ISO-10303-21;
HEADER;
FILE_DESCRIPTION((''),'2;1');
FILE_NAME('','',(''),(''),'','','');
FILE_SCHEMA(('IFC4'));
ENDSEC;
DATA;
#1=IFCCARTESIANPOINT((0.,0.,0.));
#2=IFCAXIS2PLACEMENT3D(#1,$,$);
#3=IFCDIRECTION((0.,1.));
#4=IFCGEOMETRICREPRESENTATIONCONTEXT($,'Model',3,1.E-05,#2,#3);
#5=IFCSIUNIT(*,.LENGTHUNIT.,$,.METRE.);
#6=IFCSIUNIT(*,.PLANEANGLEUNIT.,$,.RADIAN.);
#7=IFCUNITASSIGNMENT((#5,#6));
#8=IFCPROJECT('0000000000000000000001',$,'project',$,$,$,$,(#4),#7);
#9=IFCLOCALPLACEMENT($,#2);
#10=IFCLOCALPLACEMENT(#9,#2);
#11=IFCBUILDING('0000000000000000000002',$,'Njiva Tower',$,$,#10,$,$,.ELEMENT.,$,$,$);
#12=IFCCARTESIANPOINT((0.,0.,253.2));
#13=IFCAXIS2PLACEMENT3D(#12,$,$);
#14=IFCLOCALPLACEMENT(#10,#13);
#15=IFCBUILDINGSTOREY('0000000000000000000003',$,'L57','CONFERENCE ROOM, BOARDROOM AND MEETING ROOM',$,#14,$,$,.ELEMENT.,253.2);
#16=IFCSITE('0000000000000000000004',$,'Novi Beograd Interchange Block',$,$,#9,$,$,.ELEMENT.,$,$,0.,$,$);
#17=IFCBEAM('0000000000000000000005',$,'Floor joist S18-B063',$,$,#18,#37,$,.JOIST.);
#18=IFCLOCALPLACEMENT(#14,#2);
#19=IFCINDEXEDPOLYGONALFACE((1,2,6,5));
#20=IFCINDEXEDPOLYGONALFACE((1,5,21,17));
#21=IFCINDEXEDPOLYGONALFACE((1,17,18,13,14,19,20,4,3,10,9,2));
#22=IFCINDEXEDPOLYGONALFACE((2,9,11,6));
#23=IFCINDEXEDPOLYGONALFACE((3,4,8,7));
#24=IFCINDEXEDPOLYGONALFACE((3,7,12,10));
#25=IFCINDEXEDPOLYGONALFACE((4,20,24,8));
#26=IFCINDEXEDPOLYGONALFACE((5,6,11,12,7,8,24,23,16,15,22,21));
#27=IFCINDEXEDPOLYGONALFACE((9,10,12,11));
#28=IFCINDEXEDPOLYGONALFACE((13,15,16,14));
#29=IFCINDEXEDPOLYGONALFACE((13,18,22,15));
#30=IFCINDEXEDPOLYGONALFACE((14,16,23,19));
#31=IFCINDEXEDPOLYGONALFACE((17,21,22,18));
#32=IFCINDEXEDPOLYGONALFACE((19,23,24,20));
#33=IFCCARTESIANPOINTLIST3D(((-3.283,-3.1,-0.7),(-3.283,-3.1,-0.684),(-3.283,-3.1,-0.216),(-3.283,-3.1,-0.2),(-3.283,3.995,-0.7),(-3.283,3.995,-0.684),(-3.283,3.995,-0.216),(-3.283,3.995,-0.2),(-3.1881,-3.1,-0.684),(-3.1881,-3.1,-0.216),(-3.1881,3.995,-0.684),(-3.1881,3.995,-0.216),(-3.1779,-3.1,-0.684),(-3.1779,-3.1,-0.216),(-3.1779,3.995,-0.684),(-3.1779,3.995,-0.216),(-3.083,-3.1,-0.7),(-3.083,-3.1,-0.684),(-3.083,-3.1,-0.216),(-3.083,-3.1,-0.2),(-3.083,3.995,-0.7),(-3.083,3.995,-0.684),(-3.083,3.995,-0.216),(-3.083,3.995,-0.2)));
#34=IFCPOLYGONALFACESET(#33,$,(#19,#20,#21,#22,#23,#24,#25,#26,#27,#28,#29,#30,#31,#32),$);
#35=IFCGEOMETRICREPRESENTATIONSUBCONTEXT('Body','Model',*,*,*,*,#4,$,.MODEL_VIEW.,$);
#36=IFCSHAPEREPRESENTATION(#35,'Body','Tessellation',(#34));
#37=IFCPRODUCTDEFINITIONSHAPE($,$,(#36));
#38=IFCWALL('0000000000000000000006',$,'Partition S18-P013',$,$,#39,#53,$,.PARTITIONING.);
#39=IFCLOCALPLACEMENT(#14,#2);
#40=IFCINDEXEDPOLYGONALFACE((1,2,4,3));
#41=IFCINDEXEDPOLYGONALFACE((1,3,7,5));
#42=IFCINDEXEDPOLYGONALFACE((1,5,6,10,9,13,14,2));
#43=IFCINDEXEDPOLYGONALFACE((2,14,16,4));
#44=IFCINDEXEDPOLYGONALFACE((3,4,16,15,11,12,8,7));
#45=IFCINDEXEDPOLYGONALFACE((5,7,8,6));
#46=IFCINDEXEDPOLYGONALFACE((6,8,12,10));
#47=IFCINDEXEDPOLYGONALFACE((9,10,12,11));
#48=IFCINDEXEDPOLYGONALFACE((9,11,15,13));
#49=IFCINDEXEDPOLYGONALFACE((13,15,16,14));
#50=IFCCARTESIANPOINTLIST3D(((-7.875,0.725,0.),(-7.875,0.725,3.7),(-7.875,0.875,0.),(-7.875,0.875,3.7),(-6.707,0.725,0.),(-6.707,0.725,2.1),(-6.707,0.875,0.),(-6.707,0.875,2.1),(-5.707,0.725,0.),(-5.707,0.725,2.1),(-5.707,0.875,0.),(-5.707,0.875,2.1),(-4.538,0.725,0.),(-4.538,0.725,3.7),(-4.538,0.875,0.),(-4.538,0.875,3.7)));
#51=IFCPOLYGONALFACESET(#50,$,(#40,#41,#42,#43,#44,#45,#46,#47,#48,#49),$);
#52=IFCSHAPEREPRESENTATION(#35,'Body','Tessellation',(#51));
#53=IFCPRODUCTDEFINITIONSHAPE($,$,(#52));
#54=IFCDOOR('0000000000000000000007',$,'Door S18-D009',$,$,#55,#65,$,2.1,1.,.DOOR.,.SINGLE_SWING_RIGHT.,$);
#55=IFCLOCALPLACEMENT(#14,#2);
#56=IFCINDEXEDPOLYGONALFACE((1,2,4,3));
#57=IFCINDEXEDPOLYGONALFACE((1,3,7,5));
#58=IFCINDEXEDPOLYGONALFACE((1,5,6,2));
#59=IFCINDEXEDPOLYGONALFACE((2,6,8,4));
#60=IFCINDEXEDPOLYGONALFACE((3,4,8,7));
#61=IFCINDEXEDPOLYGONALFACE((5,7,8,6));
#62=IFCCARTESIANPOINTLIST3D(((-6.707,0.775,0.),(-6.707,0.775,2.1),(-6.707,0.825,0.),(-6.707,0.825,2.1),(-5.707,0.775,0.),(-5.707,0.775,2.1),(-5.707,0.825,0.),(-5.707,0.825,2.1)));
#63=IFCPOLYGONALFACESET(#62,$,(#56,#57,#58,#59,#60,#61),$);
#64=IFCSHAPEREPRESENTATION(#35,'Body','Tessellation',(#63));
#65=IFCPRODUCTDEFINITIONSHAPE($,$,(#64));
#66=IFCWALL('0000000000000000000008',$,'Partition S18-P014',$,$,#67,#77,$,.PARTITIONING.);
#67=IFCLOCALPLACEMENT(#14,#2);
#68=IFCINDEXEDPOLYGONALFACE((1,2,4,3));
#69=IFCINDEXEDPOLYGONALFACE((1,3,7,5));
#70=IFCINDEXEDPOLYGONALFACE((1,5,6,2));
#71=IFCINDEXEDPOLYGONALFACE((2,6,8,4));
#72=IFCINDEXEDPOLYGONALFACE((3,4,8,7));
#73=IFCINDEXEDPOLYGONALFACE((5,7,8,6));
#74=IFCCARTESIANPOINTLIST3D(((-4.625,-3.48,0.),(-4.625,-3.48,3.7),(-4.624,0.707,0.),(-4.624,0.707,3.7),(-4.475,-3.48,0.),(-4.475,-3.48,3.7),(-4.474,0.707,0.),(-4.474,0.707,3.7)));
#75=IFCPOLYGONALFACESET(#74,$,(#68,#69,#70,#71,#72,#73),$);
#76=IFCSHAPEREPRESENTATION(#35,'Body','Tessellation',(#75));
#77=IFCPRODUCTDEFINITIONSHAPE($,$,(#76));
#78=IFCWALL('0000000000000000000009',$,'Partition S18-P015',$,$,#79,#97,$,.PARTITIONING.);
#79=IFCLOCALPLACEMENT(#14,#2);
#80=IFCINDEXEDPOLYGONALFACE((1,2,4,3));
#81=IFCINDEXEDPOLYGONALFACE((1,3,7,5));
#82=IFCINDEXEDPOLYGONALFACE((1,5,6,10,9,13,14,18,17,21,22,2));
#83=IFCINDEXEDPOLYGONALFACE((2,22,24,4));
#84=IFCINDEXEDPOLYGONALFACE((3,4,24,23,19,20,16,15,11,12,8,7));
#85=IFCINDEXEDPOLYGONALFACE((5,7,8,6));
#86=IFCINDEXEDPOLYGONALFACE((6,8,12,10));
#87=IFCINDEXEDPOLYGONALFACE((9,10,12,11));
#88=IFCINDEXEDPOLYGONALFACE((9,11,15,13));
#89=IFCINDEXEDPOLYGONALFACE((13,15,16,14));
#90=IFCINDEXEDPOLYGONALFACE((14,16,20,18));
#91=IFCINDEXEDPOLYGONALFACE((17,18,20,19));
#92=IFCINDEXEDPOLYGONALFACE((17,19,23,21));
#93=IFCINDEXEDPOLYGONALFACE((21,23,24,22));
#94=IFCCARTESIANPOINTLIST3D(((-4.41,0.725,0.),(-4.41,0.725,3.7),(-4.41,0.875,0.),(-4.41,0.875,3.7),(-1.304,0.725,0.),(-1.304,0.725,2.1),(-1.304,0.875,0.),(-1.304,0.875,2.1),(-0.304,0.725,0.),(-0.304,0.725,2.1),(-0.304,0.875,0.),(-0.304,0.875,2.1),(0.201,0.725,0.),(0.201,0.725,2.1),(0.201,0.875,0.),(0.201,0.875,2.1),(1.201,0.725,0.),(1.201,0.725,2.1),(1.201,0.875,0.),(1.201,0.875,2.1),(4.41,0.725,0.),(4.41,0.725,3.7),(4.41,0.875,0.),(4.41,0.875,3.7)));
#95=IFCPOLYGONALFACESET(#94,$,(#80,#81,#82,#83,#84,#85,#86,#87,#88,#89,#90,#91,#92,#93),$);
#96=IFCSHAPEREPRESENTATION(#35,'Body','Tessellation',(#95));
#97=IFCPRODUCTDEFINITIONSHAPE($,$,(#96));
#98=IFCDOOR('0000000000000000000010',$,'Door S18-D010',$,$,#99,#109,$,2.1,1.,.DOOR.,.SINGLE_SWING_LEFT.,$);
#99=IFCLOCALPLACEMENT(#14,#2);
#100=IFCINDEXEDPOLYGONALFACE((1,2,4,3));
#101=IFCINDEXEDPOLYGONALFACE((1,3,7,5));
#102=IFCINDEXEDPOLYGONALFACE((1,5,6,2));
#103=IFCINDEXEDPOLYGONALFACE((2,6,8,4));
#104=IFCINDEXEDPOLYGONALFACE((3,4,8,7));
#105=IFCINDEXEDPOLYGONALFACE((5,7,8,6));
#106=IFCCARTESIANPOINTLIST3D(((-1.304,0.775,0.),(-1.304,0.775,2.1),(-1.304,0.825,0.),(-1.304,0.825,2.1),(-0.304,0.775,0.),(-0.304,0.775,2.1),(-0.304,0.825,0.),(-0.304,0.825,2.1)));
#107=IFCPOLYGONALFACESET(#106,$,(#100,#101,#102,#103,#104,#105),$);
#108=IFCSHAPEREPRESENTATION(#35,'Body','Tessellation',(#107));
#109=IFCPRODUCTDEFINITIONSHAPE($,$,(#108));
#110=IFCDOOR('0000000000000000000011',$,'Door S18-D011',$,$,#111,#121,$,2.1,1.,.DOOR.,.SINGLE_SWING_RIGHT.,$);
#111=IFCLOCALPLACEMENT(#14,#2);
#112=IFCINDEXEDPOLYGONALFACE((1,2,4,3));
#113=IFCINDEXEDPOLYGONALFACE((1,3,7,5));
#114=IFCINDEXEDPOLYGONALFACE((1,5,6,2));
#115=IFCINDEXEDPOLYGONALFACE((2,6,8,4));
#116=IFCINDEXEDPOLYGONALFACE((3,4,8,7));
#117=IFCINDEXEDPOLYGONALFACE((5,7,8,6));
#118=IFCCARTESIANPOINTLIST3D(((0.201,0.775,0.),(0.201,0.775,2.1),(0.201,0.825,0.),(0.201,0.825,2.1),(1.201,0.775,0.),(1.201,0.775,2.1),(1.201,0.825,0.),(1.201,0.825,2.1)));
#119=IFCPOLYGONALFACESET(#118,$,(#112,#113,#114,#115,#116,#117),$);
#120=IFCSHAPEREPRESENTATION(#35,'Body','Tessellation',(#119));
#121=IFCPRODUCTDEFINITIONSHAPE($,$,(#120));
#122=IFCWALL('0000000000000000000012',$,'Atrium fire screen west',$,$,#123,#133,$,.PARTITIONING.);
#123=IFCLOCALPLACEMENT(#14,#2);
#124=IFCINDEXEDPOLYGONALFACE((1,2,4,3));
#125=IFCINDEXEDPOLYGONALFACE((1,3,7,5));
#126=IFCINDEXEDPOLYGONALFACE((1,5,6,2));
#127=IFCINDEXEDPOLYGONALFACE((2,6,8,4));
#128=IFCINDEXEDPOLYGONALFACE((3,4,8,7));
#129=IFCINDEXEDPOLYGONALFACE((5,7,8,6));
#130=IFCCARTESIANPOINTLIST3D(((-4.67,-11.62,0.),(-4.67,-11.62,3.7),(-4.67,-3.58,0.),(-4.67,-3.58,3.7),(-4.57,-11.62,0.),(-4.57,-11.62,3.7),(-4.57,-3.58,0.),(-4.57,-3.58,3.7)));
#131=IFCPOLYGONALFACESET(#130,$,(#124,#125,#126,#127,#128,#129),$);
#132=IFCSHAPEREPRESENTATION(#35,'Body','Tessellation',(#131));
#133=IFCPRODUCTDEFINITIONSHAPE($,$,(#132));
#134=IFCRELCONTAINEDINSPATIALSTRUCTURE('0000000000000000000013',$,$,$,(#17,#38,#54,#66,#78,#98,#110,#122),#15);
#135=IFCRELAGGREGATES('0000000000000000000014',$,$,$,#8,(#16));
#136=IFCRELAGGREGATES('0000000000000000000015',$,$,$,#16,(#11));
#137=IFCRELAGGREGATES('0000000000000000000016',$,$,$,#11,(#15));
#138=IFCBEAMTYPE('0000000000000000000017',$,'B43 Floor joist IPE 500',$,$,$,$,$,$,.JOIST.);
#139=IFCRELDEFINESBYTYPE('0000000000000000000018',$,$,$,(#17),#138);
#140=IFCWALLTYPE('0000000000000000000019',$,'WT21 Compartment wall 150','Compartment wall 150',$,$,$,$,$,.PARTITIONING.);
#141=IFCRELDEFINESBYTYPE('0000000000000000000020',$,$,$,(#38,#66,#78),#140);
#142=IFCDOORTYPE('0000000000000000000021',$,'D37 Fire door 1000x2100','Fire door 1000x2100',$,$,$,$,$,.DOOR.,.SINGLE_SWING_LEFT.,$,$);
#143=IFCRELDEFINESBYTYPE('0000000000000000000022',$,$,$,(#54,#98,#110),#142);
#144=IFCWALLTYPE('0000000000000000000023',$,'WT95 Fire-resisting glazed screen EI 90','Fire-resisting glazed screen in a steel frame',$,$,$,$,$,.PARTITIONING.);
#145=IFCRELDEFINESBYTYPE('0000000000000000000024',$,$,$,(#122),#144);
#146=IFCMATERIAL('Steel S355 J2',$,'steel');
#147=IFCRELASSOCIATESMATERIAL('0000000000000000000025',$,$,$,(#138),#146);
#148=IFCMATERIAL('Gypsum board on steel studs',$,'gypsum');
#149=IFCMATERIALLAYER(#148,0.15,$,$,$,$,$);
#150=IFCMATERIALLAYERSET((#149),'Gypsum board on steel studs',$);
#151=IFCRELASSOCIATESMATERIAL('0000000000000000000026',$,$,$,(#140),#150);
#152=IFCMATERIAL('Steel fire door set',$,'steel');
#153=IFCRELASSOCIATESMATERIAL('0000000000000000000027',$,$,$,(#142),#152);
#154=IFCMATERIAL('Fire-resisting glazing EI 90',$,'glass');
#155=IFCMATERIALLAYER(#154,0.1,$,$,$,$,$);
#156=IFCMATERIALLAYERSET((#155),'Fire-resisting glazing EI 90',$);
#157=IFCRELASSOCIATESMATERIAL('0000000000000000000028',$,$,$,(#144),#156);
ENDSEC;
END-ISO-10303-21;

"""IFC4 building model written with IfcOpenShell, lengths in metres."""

from ifc_helpers import new_model, si_unit, direction, frame, frame_2d, origin, origin_2d, place, context, subcontext, project, spatial, rectangle, i_section, extrude, material, layer, layer_set, material_profile, profile_set, type_object, element, fill, save


model = new_model("IFC4")

# Units and contexts
model_context = context("Model", 3, precision=1e-05, world=origin(), true_north=direction((0.0, 1.0)))
body_context = subcontext(model_context, "Body", "Model", "MODEL_VIEW")
ifc_project = project(units=[si_unit("LENGTHUNIT", "METRE"), si_unit("PLANEANGLEUNIT", "RADIAN")], contexts=[model_context])

# Site, building, storey
site_placement = place(None, origin())
site = spatial("IfcSite", under=ifc_project, at=site_placement, Name="Novi Beograd Interchange Block", CompositionType="ELEMENT", RefElevation=0.0)
building_placement = place(site_placement, origin())
building = spatial("IfcBuilding", under=site, at=building_placement, Name="Njiva Tower", CompositionType="ELEMENT")
storey_placement = place(building_placement, frame((0.0, 0.0, 253.2)))
storey = spatial("IfcBuildingStorey", under=building, at=storey_placement, Name="L57", Description="CONFERENCE ROOM, BOARDROOM AND MEETING ROOM", CompositionType="ELEMENT", Elevation=253.2)

# Shared definitions
ifc_material_1 = material(Name="Steel S355 J2", Category="steel")

# Beam
ifc_material_profile_1 = material_profile(ifc_material_1, i_section(OverallWidth=0.2, OverallDepth=0.5, WebThickness=0.0102, FlangeThickness=0.016, at=origin_2d()), Name="IPE 500")
ifc_profile_set_1 = profile_set([ifc_material_profile_1], Name="Steel S355 J2")
beam_type_1 = type_object("IfcBeamType", Name="B43 Floor joist IPE 500", PredefinedType="JOIST", material=ifc_profile_set_1)
for number, where, z_axis, x_axis, name in (
    (1, (-3.183, 3.995, -0.45), (0.0, -1.0, 0.0), (1.0, 0.0, 0.0), "Floor joist S18-B063"),
):
    element("IfcBeam", number, at=place(storey_placement, frame(where, z_axis=z_axis, x_axis=x_axis)), inside=storey, type_object=beam_type_1, Name=name, PredefinedType="JOIST", context=body_context, shape_type="SweptSolid", body=[
        extrude(i_section(OverallWidth=0.2, OverallDepth=0.5, WebThickness=0.0102, FlangeThickness=0.016, at=origin_2d()), origin(), (0.0, 0.0, 1.0), 7.095),
    ])

# Wall, opening, door
ifc_material_2 = material(Name="Gypsum board on steel studs", Category="gypsum")
ifc_layer_1 = layer(ifc_material_2, 0.15)
ifc_layer_set_1 = layer_set([ifc_layer_1], Name="Gypsum board on steel studs")
wall_type_1 = type_object("IfcWallType", Name="WT21 Compartment wall 150", Description="Compartment wall 150", PredefinedType="PARTITIONING", material=ifc_layer_set_1)
wall_1_placement = place(storey_placement, frame((-7.875, 0.8, 0.0), z_axis=(0.0, 0.0, 1.0), x_axis=(1.0, 0.0, 0.0)))
wall_1 = element("IfcWall", 2, at=wall_1_placement, inside=storey, type_object=wall_type_1, Name="Partition S18-P013", PredefinedType="PARTITIONING", context=body_context, shape_type="SweptSolid", body=[
    extrude(rectangle(XDim=3.337, YDim=0.15, at=frame_2d((1.6685, 0.0))), origin(), (0.0, 0.0, 1.0), 3.7),
])
opening_1_placement = place(wall_1_placement, frame((1.168, 0.0, 0.0)))
opening_1 = element("IfcOpeningElement", 3, at=opening_1_placement, cuts=wall_1, PredefinedType="OPENING", context=body_context, shape_type="SweptSolid", body=[
    extrude(rectangle(XDim=1.0, YDim=2.1, at=frame_2d((0.5, 1.05))), frame((0.0, 0.085, 0.0), z_axis=(0.0, -1.0, 0.0), x_axis=(1.0, 0.0, 0.0)), (0.0, 0.0, 1.0), 0.17),
])
ifc_material_3 = material(Name="Steel fire door set", Category="steel")
door_type = type_object("IfcDoorType", Name="D37 Fire door 1000x2100", Description="Fire door 1000x2100", OperationType="SINGLE_SWING_LEFT", PredefinedType="DOOR", material=ifc_material_3)
door_1_placement = place(opening_1_placement, origin())
door_1 = element("IfcDoor", 4, at=door_1_placement, inside=storey, type_object=door_type, Name="Door S18-D009", OperationType="SINGLE_SWING_RIGHT", OverallHeight=2.1, OverallWidth=1.0, PredefinedType="DOOR", context=body_context, shape_type="SweptSolid", body=[
    extrude(rectangle(XDim=1.0, YDim=2.1, at=frame_2d((0.5, 1.05))), frame((0.0, 0.025, 0.0), z_axis=(0.0, -1.0, 0.0), x_axis=(1.0, 0.0, 0.0)), (0.0, 0.0, 1.0), 0.05),
])
fill(opening_1, door_1)

# Wall
wall_2_placement = place(storey_placement, frame((-4.55, -3.48, 0.0), z_axis=(0.0, 0.0, 1.0), x_axis=(0.000239, 1.0, 0.0)))
element("IfcWall", 5, at=wall_2_placement, inside=storey, type_object=wall_type_1, Name="Partition S18-P014", PredefinedType="PARTITIONING", context=body_context, shape_type="SweptSolid", body=[
    extrude(rectangle(XDim=4.187, YDim=0.15, at=frame_2d((2.0935, 0.0))), origin(), (0.0, 0.0, 1.0), 3.7),
])

# Wall, openings, doors
wall_3_placement = place(storey_placement, frame((-4.41, 0.8, 0.0), z_axis=(0.0, 0.0, 1.0), x_axis=(1.0, 0.0, 0.0)))
wall_3 = element("IfcWall", 6, at=wall_3_placement, inside=storey, type_object=wall_type_1, Name="Partition S18-P015", PredefinedType="PARTITIONING", context=body_context, shape_type="SweptSolid", body=[
    extrude(rectangle(XDim=8.82, YDim=0.15, at=frame_2d((4.41, 0.0))), origin(), (0.0, 0.0, 1.0), 3.7),
])
opening_2_placement = place(wall_3_placement, frame((3.106, 0.0, 0.0)))
opening_2 = element("IfcOpeningElement", 7, at=opening_2_placement, cuts=wall_3, PredefinedType="OPENING", context=body_context, shape_type="SweptSolid", body=[
    extrude(rectangle(XDim=1.0, YDim=2.1, at=frame_2d((0.5, 1.05))), frame((0.0, 0.085, 0.0), z_axis=(0.0, -1.0, 0.0), x_axis=(1.0, 0.0, 0.0)), (0.0, 0.0, 1.0), 0.17),
])
opening_3_placement = place(wall_3_placement, frame((4.611, 0.0, 0.0)))
opening_3 = element("IfcOpeningElement", 8, at=opening_3_placement, cuts=wall_3, PredefinedType="OPENING", context=body_context, shape_type="SweptSolid", body=[
    extrude(rectangle(XDim=1.0, YDim=2.1, at=frame_2d((0.5, 1.05))), frame((0.0, 0.085, 0.0), z_axis=(0.0, -1.0, 0.0), x_axis=(1.0, 0.0, 0.0)), (0.0, 0.0, 1.0), 0.17),
])
door_2_placement = place(opening_2_placement, origin())
door_2 = element("IfcDoor", 9, at=door_2_placement, inside=storey, type_object=door_type, Name="Door S18-D010", OperationType="SINGLE_SWING_LEFT", OverallHeight=2.1, OverallWidth=1.0, PredefinedType="DOOR", context=body_context, shape_type="SweptSolid", body=[
    extrude(rectangle(XDim=1.0, YDim=2.1, at=frame_2d((0.5, 1.05))), frame((0.0, 0.025, 0.0), z_axis=(0.0, -1.0, 0.0), x_axis=(1.0, 0.0, 0.0)), (0.0, 0.0, 1.0), 0.05),
])
fill(opening_2, door_2)
door_3_placement = place(opening_3_placement, origin())
door_3 = element("IfcDoor", 10, at=door_3_placement, inside=storey, type_object=door_type, Name="Door S18-D011", OperationType="SINGLE_SWING_RIGHT", OverallHeight=2.1, OverallWidth=1.0, PredefinedType="DOOR", context=body_context, shape_type="SweptSolid", body=[
    extrude(rectangle(XDim=1.0, YDim=2.1, at=frame_2d((0.5, 1.05))), frame((0.0, 0.025, 0.0), z_axis=(0.0, -1.0, 0.0), x_axis=(1.0, 0.0, 0.0)), (0.0, 0.0, 1.0), 0.05),
])
fill(opening_3, door_3)

# Wall
ifc_material_4 = material(Name="Fire-resisting glazing EI 90", Category="glass")
ifc_layer_2 = layer(ifc_material_4, 0.1)
ifc_layer_set_2 = layer_set([ifc_layer_2], Name="Fire-resisting glazing EI 90")
wall_type_2 = type_object("IfcWallType", Name="WT95 Fire-resisting glazed screen EI 90", Description="Fire-resisting glazed screen in a steel frame", PredefinedType="PARTITIONING", material=ifc_layer_set_2)
wall_4_placement = place(storey_placement, frame((-4.62, -3.58, 0.0), z_axis=(0.0, 0.0, 1.0), x_axis=(0.0, -1.0, 0.0)))
element("IfcWall", 11, at=wall_4_placement, inside=storey, type_object=wall_type_2, Name="Atrium fire screen west", PredefinedType="PARTITIONING", context=body_context, shape_type="SweptSolid", body=[
    extrude(rectangle(XDim=8.04, YDim=0.1, at=frame_2d((4.02, 0.0))), origin(), (0.0, 0.0, 1.0), 3.7),
])

save(model, "model.ifc")
